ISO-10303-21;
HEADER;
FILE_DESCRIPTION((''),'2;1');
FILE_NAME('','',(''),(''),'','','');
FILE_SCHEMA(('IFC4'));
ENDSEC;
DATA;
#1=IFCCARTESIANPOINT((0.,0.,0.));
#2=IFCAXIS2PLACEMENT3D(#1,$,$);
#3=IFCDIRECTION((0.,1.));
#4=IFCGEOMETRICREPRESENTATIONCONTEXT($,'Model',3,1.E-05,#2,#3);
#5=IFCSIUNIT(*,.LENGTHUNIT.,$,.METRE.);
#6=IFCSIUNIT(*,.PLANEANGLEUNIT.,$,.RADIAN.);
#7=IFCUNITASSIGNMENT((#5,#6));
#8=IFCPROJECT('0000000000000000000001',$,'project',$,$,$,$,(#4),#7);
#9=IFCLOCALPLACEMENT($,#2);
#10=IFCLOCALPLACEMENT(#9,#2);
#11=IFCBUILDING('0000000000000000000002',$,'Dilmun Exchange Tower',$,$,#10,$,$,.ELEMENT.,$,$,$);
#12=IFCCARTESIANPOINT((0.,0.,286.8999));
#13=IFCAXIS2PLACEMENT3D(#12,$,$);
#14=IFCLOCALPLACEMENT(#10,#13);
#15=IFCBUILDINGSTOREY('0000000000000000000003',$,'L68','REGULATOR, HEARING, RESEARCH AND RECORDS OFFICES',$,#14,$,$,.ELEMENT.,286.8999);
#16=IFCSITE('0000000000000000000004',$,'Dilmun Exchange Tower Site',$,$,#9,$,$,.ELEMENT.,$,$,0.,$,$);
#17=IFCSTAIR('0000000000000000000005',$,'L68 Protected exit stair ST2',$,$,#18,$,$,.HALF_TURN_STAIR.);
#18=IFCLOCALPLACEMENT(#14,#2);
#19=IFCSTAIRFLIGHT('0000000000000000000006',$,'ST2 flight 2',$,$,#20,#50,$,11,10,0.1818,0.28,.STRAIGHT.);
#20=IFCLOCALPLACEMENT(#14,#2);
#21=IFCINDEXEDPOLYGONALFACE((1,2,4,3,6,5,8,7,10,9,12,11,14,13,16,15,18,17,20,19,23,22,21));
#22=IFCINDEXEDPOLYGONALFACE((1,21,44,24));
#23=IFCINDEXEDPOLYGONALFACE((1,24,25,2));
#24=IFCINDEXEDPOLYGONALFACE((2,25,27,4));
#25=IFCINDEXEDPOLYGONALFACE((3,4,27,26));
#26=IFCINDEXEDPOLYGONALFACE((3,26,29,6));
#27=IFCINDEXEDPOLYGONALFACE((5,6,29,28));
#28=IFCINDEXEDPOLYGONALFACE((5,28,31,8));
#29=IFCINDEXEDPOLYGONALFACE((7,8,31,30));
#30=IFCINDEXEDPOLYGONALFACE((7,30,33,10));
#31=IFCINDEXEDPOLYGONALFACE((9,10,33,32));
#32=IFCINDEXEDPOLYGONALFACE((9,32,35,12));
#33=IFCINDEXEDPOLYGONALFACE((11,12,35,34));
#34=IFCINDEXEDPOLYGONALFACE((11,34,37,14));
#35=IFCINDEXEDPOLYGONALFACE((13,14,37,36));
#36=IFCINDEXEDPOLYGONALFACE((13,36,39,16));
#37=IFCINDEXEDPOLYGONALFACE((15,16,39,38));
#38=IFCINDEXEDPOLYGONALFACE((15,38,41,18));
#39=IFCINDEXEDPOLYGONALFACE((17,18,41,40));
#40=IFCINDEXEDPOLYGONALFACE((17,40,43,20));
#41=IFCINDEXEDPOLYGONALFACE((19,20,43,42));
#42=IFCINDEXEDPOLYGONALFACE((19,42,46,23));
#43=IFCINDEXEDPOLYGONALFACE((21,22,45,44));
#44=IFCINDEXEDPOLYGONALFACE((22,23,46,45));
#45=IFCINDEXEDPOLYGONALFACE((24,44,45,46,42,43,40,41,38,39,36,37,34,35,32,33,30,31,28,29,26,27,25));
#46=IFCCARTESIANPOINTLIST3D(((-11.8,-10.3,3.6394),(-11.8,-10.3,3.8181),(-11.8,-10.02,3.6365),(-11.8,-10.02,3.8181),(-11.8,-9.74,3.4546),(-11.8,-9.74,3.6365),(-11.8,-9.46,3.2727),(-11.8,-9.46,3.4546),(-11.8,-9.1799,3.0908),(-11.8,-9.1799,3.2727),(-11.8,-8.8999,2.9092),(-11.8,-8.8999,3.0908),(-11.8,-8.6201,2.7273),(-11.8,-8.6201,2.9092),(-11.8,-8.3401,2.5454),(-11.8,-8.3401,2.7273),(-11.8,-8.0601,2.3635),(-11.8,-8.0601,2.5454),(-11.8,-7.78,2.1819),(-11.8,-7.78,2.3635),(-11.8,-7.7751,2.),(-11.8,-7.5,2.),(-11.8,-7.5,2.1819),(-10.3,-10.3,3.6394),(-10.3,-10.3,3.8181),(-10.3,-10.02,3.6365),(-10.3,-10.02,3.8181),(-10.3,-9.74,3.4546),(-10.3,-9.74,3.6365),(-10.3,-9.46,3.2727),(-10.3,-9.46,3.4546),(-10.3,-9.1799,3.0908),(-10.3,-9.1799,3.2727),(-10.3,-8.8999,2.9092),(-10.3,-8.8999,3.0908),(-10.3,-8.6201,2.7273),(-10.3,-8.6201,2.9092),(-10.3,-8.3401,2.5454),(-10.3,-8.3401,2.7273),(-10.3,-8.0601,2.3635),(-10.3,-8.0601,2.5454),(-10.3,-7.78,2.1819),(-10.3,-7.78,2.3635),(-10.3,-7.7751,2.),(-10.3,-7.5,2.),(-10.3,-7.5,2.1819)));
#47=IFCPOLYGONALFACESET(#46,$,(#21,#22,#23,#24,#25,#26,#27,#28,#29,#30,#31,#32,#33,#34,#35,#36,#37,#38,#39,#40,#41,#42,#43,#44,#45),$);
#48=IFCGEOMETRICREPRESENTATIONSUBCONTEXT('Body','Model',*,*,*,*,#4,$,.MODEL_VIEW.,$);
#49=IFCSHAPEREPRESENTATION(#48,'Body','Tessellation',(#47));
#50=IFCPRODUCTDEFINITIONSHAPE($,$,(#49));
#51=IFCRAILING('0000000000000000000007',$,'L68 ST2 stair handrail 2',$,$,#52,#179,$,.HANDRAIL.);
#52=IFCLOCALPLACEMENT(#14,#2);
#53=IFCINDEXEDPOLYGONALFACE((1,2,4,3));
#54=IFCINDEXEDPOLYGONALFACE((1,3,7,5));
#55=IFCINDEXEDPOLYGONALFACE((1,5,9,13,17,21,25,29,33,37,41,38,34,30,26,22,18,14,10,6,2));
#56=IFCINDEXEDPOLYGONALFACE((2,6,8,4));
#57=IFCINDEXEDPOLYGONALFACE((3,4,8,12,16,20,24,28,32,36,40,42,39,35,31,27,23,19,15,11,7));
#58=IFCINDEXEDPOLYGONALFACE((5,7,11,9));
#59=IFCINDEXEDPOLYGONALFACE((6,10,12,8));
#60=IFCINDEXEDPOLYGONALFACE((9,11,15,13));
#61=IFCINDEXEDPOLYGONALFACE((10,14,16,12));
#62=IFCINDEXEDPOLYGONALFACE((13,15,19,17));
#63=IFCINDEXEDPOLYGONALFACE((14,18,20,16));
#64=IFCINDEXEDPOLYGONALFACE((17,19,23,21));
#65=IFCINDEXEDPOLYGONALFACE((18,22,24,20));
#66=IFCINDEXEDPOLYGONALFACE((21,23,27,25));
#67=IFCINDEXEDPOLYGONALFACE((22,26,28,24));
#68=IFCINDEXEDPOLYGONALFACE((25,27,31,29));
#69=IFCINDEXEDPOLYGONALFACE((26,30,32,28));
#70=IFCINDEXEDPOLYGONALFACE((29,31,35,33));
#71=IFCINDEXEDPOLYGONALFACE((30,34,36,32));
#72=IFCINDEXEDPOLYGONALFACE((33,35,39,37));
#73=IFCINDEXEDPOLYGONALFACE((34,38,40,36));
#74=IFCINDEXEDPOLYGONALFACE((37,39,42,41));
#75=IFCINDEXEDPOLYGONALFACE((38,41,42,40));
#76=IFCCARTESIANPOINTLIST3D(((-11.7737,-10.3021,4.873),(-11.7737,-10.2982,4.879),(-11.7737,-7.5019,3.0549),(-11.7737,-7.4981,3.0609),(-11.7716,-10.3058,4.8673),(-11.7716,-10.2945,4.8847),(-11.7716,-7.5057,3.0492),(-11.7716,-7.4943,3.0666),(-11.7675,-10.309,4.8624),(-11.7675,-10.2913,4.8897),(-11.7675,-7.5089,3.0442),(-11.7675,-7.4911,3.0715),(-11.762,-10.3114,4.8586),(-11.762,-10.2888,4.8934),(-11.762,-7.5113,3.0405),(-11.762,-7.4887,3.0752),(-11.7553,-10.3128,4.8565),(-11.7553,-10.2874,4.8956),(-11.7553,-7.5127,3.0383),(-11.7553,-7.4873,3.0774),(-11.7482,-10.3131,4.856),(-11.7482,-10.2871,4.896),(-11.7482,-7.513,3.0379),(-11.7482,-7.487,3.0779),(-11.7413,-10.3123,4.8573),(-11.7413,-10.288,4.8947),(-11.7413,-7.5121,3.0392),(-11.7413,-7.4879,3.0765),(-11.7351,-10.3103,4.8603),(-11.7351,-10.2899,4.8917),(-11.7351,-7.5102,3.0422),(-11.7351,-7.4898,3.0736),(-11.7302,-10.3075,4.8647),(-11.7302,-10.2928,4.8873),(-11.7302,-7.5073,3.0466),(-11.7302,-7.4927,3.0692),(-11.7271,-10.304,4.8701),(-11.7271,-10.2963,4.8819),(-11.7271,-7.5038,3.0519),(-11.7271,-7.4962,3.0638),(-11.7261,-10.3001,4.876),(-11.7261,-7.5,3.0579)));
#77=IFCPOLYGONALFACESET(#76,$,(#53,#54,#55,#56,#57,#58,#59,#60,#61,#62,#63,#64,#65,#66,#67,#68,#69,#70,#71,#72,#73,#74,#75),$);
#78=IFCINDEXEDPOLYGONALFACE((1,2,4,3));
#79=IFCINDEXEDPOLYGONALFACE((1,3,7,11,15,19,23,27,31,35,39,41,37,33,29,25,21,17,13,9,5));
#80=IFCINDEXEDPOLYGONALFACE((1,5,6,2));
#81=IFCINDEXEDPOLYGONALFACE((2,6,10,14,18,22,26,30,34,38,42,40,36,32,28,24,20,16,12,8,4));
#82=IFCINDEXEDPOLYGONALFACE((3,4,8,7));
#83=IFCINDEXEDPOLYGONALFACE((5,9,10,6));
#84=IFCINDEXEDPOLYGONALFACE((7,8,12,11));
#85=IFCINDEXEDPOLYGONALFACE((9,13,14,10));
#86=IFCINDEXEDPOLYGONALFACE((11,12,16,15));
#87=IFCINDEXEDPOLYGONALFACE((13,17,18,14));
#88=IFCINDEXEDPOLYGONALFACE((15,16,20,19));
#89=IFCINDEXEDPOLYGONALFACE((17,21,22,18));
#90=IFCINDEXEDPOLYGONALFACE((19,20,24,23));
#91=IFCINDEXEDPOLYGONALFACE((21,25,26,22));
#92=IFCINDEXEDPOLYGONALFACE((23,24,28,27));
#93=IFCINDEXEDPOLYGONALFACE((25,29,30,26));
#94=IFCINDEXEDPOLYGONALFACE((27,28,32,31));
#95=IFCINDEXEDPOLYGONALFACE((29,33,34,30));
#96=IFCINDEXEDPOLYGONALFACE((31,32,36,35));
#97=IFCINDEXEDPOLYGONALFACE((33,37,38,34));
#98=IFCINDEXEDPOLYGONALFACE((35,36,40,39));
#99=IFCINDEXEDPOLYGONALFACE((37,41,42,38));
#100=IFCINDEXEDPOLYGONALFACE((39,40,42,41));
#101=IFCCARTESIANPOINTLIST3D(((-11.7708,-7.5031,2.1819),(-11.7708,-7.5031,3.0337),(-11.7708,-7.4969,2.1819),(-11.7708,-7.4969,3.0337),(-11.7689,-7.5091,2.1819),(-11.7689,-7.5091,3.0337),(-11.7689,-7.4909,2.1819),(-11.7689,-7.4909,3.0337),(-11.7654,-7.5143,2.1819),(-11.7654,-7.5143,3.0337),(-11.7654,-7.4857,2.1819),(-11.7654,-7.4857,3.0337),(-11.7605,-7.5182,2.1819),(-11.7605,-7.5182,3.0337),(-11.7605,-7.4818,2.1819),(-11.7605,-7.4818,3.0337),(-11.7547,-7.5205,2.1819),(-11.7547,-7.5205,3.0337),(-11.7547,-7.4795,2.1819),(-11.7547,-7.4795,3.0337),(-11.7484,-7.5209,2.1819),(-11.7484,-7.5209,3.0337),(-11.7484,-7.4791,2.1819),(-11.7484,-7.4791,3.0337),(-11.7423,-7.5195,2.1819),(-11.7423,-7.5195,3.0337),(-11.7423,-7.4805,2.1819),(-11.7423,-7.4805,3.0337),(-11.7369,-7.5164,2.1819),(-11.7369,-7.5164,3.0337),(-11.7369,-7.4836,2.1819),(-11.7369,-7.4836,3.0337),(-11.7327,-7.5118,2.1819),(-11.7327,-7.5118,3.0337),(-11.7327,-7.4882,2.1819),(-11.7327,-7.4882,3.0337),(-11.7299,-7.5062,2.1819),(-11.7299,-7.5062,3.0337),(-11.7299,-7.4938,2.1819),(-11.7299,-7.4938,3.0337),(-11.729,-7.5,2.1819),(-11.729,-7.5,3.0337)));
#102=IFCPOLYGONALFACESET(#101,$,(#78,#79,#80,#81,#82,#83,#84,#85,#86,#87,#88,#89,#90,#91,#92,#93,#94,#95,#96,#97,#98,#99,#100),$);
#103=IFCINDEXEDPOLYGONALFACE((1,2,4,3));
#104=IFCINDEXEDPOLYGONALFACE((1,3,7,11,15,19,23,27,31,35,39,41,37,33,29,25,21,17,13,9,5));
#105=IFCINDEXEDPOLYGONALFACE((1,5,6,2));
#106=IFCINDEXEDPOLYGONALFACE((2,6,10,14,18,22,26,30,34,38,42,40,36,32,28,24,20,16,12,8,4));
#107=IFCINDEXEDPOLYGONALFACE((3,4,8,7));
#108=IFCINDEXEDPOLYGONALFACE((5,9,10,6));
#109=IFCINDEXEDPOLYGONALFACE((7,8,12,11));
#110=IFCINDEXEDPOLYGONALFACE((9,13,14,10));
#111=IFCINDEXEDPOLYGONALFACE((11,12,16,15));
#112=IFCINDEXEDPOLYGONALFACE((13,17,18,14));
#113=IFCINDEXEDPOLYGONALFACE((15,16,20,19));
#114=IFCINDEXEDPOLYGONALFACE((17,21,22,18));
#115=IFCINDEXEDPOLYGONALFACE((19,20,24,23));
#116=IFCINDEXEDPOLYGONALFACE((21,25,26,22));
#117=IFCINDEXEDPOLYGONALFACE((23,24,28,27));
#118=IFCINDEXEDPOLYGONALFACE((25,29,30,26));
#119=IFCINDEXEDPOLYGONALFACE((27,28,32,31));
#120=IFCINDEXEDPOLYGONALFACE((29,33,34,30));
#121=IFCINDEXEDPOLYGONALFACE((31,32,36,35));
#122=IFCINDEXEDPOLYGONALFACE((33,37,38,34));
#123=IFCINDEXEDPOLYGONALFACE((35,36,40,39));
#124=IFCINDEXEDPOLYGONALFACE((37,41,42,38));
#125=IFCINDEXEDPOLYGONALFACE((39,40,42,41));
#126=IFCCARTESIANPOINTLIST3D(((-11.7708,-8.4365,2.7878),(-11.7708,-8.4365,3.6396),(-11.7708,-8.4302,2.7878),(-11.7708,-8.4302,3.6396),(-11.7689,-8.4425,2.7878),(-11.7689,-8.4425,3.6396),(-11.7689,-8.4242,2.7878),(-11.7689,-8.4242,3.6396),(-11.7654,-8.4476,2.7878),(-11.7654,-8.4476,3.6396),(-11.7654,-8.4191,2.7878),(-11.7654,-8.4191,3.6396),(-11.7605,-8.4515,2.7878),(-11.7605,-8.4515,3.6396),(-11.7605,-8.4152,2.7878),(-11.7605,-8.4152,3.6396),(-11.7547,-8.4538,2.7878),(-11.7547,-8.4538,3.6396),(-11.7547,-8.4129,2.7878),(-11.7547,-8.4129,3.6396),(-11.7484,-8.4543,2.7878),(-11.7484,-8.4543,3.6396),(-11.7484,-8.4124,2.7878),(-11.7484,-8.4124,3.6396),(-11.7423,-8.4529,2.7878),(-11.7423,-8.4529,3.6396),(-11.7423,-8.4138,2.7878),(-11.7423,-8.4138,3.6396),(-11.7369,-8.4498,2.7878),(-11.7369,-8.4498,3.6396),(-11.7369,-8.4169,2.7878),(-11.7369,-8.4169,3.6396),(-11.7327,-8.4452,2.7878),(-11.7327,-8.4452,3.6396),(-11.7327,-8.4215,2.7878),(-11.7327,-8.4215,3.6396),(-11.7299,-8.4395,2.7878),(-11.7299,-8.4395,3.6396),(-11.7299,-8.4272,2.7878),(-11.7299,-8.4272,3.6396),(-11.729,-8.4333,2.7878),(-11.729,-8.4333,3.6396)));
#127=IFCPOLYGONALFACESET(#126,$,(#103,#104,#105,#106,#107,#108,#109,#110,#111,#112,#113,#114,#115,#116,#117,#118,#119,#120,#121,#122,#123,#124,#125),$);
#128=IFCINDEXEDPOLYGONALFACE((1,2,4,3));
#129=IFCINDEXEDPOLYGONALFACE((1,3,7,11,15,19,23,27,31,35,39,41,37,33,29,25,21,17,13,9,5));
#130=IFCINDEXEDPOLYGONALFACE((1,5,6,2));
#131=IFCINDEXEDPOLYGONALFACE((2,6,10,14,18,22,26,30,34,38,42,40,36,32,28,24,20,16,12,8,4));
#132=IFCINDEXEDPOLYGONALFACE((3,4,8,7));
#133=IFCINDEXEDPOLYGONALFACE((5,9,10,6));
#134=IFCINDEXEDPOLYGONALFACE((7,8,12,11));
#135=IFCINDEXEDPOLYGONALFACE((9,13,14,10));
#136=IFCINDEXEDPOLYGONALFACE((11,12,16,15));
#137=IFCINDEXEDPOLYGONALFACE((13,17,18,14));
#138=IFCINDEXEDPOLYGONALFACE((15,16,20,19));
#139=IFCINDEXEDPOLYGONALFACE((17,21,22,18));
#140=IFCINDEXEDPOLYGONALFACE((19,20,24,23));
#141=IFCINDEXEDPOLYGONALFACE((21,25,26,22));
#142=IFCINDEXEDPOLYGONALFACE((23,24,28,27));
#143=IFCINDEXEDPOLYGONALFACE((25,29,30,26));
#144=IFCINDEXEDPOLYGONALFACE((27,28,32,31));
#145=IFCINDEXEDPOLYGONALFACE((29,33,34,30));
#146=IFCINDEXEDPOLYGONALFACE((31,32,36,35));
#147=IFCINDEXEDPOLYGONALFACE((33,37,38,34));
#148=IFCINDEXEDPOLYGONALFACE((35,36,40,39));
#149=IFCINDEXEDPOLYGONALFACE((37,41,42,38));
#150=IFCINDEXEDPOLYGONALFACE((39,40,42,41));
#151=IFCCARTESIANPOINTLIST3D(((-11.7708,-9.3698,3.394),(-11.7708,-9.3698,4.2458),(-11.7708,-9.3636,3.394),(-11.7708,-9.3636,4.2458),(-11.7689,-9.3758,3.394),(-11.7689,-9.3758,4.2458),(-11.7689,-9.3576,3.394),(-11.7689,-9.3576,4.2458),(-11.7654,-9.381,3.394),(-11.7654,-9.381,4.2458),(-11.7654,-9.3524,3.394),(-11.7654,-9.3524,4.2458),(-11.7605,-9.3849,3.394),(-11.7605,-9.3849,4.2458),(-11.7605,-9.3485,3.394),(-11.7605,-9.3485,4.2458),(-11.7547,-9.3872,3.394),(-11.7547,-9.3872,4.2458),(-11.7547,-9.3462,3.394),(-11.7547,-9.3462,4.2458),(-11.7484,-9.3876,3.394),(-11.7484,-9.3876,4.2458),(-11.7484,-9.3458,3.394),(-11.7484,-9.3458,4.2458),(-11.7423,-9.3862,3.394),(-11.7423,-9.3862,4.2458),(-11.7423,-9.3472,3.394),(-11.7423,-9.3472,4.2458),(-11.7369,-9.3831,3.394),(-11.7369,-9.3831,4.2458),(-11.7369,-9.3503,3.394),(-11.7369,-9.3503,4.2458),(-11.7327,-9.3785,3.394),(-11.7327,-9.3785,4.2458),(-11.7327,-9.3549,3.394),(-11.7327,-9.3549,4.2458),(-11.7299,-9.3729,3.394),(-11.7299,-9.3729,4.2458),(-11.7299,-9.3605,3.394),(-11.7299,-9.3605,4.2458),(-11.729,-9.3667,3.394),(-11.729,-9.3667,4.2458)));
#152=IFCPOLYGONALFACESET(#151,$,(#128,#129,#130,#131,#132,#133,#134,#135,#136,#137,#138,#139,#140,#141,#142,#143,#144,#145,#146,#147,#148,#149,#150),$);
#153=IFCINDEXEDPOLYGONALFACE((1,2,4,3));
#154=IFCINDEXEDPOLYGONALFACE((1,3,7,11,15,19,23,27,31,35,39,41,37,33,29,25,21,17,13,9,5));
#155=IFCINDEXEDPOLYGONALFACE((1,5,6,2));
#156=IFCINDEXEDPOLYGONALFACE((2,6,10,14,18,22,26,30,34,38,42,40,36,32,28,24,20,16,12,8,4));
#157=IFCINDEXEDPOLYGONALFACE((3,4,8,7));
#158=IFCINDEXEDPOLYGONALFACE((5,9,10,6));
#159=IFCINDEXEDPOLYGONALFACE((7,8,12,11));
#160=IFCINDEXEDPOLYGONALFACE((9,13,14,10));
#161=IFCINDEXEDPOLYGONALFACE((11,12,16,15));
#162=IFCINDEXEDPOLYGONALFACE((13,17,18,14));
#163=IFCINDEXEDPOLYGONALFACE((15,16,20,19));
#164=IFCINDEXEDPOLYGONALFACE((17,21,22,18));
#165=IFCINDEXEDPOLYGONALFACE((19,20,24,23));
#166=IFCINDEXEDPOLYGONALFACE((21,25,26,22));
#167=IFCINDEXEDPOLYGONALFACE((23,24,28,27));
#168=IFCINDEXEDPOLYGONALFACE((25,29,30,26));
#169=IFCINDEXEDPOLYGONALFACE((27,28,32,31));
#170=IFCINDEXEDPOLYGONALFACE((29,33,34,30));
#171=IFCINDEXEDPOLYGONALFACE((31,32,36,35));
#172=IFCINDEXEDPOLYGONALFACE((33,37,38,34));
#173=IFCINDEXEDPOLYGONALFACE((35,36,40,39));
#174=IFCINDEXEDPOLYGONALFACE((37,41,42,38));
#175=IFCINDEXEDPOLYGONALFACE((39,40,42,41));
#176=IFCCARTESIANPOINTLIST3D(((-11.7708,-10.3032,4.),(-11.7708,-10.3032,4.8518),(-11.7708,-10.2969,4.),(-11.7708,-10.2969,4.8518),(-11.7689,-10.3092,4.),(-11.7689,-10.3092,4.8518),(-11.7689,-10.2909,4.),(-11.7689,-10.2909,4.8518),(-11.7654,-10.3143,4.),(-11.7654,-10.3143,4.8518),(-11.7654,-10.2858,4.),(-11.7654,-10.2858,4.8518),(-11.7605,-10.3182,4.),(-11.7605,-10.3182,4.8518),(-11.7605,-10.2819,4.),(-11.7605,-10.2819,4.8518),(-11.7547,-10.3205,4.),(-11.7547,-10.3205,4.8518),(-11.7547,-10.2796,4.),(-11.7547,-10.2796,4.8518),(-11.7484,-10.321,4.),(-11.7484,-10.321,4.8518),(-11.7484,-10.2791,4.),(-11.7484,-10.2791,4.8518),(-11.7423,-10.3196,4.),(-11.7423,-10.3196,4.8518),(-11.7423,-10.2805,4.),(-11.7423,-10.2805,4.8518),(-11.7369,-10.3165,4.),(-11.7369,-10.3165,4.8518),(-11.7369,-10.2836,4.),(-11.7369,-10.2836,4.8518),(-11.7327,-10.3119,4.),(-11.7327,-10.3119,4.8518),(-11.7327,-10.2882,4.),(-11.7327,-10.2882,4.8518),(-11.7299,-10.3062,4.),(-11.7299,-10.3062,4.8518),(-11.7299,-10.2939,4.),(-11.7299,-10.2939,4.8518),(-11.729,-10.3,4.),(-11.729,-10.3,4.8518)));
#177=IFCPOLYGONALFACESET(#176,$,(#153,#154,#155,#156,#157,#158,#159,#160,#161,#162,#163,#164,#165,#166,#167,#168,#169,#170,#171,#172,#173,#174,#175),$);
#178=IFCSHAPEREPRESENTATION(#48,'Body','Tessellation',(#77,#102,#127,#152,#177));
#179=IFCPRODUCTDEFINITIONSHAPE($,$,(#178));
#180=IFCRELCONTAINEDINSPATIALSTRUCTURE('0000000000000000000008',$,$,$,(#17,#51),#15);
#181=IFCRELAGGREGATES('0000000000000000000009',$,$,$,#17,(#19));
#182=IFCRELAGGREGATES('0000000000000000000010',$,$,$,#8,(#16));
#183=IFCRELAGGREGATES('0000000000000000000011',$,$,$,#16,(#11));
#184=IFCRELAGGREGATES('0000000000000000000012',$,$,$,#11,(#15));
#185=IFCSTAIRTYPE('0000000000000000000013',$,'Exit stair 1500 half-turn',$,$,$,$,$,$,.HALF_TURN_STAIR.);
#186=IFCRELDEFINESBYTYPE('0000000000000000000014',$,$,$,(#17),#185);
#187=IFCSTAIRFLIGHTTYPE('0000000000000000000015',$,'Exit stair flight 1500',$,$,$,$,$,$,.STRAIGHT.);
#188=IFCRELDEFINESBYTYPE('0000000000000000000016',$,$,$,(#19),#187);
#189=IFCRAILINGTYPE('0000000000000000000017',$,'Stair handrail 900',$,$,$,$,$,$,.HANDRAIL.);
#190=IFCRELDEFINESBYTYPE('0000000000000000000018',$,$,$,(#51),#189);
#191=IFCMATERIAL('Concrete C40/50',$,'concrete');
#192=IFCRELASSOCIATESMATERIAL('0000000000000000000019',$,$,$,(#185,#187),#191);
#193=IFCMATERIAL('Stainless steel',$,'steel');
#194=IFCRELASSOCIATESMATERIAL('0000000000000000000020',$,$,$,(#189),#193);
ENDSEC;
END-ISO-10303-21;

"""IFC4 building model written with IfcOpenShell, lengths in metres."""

from ifc_helpers import new_model, si_unit, direction, frame, origin, origin_2d, place, context, subcontext, project, spatial, polyline, circle, outline, extrude, material, type_object, element, aggregate, save


model = new_model("IFC4")

# Units and contexts
model_context = context("Model", 3, precision=1e-05, world=origin(), true_north=direction((0.0, 1.0)))
body_context = subcontext(model_context, "Body", "Model", "MODEL_VIEW")
ifc_project = project(units=[si_unit("LENGTHUNIT", "METRE"), si_unit("PLANEANGLEUNIT", "RADIAN")], contexts=[model_context])

# Site, building, storey
site_placement = place(None, origin())
site = spatial("IfcSite", under=ifc_project, at=site_placement, Name="Dilmun Exchange Tower Site", CompositionType="ELEMENT", RefElevation=0.0)
building_placement = place(site_placement, origin())
building = spatial("IfcBuilding", under=site, at=building_placement, Name="Dilmun Exchange Tower", CompositionType="ELEMENT")
storey_placement = place(building_placement, frame((0.0, 0.0, 286.8999)))
storey = spatial("IfcBuildingStorey", under=building, at=storey_placement, Name="L68", Description="REGULATOR, HEARING, RESEARCH AND RECORDS OFFICES", CompositionType="ELEMENT", Elevation=286.8999)

# Shared definitions
ifc_material_1 = material(Name="Concrete C40/50", Category="concrete")

# Stair, stair flight
stair_type = type_object("IfcStairType", Name="Exit stair 1500 half-turn", PredefinedType="HALF_TURN_STAIR", material=ifc_material_1)
stair_placement = place(storey_placement, origin())
stair = element("IfcStair", 1, at=stair_placement, inside=storey, type_object=stair_type, Name="L68 Protected exit stair ST2", PredefinedType="HALF_TURN_STAIR")
stair_flight_type = type_object("IfcStairFlightType", Name="Exit stair flight 1500", PredefinedType="STRAIGHT", material=ifc_material_1)
stair_flight_placement = place(storey_placement, frame((-11.05, -7.5, 2.0), z_axis=(0.0, 0.0, 1.0), x_axis=(0.0, -1.0, 0.0)))
stair_flight = element("IfcStairFlight", 2, at=stair_flight_placement, type_object=stair_flight_type, Name="ST2 flight 2", NumberOfRisers=11, NumberOfTreads=10, PredefinedType="STRAIGHT", RiserHeight=0.1818, TreadLength=0.28, context=body_context, shape_type="SweptSolid", body=[
    extrude(outline(polyline([(0.0, 0.0), (0.0, 0.1819), (0.28, 0.1819), (0.28, 0.3635), (0.5601, 0.3635), (0.5601, 0.5454), (0.8401, 0.5454), (0.8401, 0.7273), (1.1201, 0.7273), (1.1201, 0.9092), (1.3999, 0.9092), (1.3999, 1.0908), (1.6799, 1.0908), (1.6799, 1.2727), (1.96, 1.2727), (1.96, 1.4546), (2.24, 1.4546), (2.24, 1.6365), (2.52, 1.6365), (2.52, 1.8181), (2.8, 1.8181), (2.8, 2.0), (2.8, 1.6394), (0.2751, 0.0), (0.0, 0.0)])), frame((0.0, 0.75, 0.0), z_axis=(0.0, -1.0, 0.0), x_axis=(1.0, 0.0, 0.0)), (0.0, 0.0, 1.0), 1.5),
])
aggregate(stair, [stair_flight])

# Railing
ifc_material_2 = material(Name="Stainless steel", Category="steel")
railing_type = type_object("IfcRailingType", Name="Stair handrail 900", PredefinedType="HANDRAIL", material=ifc_material_2)
railing_placement = place(storey_placement, frame((-11.75, -7.5, 2.1819)))
element("IfcRailing", 3, at=railing_placement, inside=storey, type_object=railing_type, Name="L68 ST2 stair handrail 2", PredefinedType="HANDRAIL", context=body_context, shape_type="SweptSolid", body=[
    extrude(circle(Radius=0.0239, at=origin_2d()), frame((0.0, 0.0, 0.876), z_axis=(0.0, -0.838706, 0.544585), x_axis=(1.0, 0.0, 0.0)), (0.0, 0.0, 1.0), 3.3386),
    extrude(circle(Radius=0.021, at=origin_2d()), origin(), (0.0, 0.0, 1.0), 0.8518),
    extrude(circle(Radius=0.021, at=origin_2d()), frame((0.0, -0.9333, 0.606)), (0.0, 0.0, 1.0), 0.8518),
    extrude(circle(Radius=0.021, at=origin_2d()), frame((0.0, -1.8667, 1.2122)), (0.0, 0.0, 1.0), 0.8518),
    extrude(circle(Radius=0.021, at=origin_2d()), frame((0.0, -2.8, 1.8181)), (0.0, 0.0, 1.0), 0.8518),
])

save(model, "model.ifc")
